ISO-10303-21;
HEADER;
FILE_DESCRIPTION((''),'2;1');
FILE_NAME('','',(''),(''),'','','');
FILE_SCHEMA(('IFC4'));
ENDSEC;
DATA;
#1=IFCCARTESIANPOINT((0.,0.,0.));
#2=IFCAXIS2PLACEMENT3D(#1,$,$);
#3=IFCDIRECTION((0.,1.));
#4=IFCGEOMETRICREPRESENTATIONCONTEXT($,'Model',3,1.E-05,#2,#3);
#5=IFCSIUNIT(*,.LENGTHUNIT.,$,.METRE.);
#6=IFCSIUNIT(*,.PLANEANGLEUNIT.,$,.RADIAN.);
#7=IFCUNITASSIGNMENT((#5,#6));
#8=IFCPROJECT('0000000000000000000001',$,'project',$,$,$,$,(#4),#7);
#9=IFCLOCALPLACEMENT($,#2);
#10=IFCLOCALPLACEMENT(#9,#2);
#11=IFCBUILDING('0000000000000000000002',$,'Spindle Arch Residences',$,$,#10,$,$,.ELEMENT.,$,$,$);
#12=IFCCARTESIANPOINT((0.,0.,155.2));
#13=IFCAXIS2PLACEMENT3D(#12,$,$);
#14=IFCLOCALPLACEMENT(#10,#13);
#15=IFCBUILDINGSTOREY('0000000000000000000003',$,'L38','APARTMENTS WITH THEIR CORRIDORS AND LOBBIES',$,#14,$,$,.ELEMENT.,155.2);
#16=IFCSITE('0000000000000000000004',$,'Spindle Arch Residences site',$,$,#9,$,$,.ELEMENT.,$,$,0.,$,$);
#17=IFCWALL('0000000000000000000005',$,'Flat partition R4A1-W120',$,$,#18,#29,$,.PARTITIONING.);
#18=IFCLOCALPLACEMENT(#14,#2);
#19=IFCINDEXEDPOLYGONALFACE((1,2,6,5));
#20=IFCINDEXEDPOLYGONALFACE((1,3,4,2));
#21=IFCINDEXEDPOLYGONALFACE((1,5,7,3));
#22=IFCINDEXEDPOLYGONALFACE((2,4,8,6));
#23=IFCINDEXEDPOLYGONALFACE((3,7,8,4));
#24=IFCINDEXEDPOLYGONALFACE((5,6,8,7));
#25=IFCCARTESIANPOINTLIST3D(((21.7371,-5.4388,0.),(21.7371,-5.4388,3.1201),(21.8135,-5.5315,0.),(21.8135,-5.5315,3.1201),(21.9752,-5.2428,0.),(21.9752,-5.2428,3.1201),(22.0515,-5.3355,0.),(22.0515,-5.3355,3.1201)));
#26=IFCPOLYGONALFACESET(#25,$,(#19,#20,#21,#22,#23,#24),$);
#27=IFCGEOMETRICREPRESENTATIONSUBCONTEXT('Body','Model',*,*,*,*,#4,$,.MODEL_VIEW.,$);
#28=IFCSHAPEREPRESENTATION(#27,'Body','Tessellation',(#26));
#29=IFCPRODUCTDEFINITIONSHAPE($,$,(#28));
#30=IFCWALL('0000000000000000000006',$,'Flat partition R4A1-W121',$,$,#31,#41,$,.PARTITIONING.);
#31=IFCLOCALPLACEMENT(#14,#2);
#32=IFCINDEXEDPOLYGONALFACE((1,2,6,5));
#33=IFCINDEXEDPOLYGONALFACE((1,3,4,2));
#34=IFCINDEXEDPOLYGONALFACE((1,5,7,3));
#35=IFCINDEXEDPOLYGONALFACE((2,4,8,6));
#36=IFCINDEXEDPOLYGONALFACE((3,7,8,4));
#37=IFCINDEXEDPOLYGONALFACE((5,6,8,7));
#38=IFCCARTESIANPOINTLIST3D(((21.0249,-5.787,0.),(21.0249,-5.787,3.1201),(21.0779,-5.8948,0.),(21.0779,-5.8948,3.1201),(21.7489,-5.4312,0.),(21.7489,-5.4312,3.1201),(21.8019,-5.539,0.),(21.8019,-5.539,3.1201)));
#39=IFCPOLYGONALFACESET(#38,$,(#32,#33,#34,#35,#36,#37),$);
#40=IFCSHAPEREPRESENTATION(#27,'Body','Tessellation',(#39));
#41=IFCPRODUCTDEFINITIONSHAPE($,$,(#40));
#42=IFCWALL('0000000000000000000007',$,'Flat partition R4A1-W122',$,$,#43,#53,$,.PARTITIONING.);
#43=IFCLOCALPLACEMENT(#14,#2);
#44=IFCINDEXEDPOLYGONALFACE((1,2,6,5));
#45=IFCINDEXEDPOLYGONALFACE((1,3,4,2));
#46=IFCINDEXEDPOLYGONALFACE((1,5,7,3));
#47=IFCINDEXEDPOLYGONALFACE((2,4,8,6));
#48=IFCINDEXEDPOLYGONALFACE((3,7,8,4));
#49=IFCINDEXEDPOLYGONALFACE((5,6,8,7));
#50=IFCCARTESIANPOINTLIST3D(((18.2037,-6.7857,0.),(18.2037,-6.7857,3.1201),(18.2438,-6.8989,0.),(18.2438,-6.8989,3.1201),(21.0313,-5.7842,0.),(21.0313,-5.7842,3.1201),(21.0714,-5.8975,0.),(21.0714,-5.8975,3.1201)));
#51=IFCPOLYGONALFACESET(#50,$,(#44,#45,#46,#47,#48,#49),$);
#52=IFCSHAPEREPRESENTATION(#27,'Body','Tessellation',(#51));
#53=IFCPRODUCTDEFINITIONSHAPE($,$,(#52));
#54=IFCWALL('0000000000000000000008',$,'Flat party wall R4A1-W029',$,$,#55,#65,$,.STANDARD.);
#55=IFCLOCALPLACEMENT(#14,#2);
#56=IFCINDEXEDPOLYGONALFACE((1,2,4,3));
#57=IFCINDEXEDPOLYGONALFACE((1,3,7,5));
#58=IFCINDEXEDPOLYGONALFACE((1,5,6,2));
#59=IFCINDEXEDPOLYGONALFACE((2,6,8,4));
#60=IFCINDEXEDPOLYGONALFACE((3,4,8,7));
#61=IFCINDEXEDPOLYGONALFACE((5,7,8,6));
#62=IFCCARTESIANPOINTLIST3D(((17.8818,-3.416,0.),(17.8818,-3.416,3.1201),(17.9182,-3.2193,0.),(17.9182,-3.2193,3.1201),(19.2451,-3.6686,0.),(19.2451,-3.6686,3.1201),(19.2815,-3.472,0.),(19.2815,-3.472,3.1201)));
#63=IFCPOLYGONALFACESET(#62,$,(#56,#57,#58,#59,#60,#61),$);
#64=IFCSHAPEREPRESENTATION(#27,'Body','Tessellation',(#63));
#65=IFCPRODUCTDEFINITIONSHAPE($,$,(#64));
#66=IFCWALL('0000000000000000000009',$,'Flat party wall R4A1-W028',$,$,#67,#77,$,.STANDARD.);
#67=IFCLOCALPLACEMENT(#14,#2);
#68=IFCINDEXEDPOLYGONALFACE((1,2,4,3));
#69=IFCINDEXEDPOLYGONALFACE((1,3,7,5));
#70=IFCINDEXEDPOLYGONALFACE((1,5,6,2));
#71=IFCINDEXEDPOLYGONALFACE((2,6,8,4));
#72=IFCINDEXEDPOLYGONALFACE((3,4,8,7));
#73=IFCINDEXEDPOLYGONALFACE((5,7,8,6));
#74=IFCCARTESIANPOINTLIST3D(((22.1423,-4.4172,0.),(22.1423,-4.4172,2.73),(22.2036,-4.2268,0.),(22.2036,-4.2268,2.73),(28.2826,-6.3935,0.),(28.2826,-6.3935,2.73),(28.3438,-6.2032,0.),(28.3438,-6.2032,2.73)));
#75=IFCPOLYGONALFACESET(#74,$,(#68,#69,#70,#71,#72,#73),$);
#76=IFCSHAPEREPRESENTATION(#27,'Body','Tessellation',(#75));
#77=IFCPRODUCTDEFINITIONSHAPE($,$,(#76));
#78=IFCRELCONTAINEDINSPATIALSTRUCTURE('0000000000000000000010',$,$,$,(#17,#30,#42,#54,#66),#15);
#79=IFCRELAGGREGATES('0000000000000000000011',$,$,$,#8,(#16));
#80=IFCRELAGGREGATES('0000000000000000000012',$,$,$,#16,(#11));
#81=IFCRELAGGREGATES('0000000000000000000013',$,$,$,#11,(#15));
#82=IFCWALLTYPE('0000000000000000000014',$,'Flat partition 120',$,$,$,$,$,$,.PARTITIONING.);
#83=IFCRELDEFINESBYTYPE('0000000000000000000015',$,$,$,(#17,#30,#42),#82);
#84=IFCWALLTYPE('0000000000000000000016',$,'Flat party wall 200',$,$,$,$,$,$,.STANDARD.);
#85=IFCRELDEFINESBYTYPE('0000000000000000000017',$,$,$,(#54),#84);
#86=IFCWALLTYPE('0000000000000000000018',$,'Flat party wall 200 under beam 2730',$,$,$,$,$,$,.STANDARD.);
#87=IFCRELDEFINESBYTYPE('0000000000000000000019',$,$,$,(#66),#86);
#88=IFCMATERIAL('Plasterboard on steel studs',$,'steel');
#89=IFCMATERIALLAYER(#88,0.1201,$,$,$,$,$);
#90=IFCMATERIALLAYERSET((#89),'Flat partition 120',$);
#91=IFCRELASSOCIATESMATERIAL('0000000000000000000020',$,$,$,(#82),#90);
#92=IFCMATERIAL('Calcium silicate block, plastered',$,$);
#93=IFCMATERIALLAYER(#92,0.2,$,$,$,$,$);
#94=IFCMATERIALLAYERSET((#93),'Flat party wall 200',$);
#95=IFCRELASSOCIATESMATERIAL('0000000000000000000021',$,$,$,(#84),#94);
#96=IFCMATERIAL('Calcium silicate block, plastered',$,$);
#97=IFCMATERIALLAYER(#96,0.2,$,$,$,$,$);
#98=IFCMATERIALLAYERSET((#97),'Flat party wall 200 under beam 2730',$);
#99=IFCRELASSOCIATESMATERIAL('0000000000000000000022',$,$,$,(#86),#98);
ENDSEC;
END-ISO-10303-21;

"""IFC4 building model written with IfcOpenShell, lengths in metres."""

from ifc_helpers import new_model, si_unit, direction, frame, frame_2d, origin, place, context, subcontext, project, spatial, rectangle, extrude, material, layer, layer_set, type_object, element, save


model = new_model("IFC4")

# Units and contexts
model_context = context("Model", 3, precision=1e-05, world=origin(), true_north=direction((0.0, 1.0)))
body_context = subcontext(model_context, "Body", "Model", "MODEL_VIEW")
ifc_project = project(units=[si_unit("LENGTHUNIT", "METRE"), si_unit("PLANEANGLEUNIT", "RADIAN")], contexts=[model_context])

# Site, building, storey
site_placement = place(None, origin())
site = spatial("IfcSite", under=ifc_project, at=site_placement, Name="Spindle Arch Residences site", CompositionType="ELEMENT", RefElevation=0.0)
building_placement = place(site_placement, origin())
building = spatial("IfcBuilding", under=site, at=building_placement, Name="Spindle Arch Residences", CompositionType="ELEMENT")
storey_placement = place(building_placement, frame((0.0, 0.0, 155.2)))
storey = spatial("IfcBuildingStorey", under=building, at=storey_placement, Name="L38", Description="APARTMENTS WITH THEIR CORRIDORS AND LOBBIES", CompositionType="ELEMENT", Elevation=155.2)

# Shared definitions
ifc_material_1 = material(Name="Plasterboard on steel studs", Category="steel")
ifc_layer_1 = layer(ifc_material_1, 0.1201)
ifc_layer_set_1 = layer_set([ifc_layer_1], Name="Flat partition 120")
wall_type_1 = type_object("IfcWallType", Name="Flat partition 120", PredefinedType="PARTITIONING", material=ifc_layer_set_1)

# Walls
wall_1_placement = place(storey_placement, frame((22.0134, -5.2891, 0.0), z_axis=(0.0, 0.0, 1.0), x_axis=(-0.771907, -0.635735, 0.0)))
element("IfcWall", 1, at=wall_1_placement, inside=storey, type_object=wall_type_1, Name="Flat partition R4A1-W120", PredefinedType="PARTITIONING", context=body_context, shape_type="SweptSolid", body=[
    extrude(rectangle(XDim=0.3083, YDim=0.1201, at=frame_2d((0.1543, 0.0))), origin(), (0.0, 0.0, 1.0), 3.1201),
])
wall_2_placement = place(storey_placement, frame((21.7754, -5.4851, 0.0), z_axis=(0.0, 0.0, 1.0), x_axis=(-0.897493, -0.441028, 0.0)))
element("IfcWall", 2, at=wall_2_placement, inside=storey, type_object=wall_type_1, Name="Flat partition R4A1-W121", PredefinedType="PARTITIONING", context=body_context, shape_type="SweptSolid", body=[
    extrude(rectangle(XDim=0.8066, YDim=0.1201, at=frame_2d((0.4033, 0.0))), origin(), (0.0, 0.0, 1.0), 3.1201),
])
wall_3_placement = place(storey_placement, frame((21.0515, -5.8408, 0.0), z_axis=(0.0, 0.0, 1.0), x_axis=(-0.942626, -0.33385, 0.0)))
element("IfcWall", 3, at=wall_3_placement, inside=storey, type_object=wall_type_1, Name="Flat partition R4A1-W122", PredefinedType="PARTITIONING", context=body_context, shape_type="SweptSolid", body=[
    extrude(rectangle(XDim=2.9998, YDim=0.1201, at=frame_2d((1.5, 0.0))), origin(), (0.0, 0.0, 1.0), 3.1201),
])
ifc_material_2 = material(Name="Calcium silicate block, plastered")
ifc_layer_2 = layer(ifc_material_2, 0.2)
ifc_layer_set_2 = layer_set([ifc_layer_2], Name="Flat party wall 200")
wall_type_2 = type_object("IfcWallType", Name="Flat party wall 200", PredefinedType="STANDARD", material=ifc_layer_set_2)
wall_4_placement = place(storey_placement, frame((17.8999, -3.3176, 0.0), z_axis=(0.0, 0.0, 1.0), x_axis=(0.983253, -0.182247, 0.0)))
element("IfcWall", 4, at=wall_4_placement, inside=storey, type_object=wall_type_2, Name="Flat party wall R4A1-W029", PredefinedType="STANDARD", context=body_context, shape_type="SweptSolid", body=[
    extrude(rectangle(XDim=1.3865, YDim=0.2, at=frame_2d((0.6934, 0.0))), origin(), (0.0, 0.0, 1.0), 3.1201),
])
ifc_material_3 = material(Name="Calcium silicate block, plastered")
ifc_layer_3 = layer(ifc_material_3, 0.2)
ifc_layer_set_3 = layer_set([ifc_layer_3], Name="Flat party wall 200 under beam 2730")
wall_type_3 = type_object("IfcWallType", Name="Flat party wall 200 under beam 2730", PredefinedType="STANDARD", material=ifc_layer_set_3)
wall_5_placement = place(storey_placement, frame((22.1731, -4.322, 0.0), z_axis=(0.0, 0.0, 1.0), x_axis=(0.951906, -0.306389, 0.0)))
element("IfcWall", 5, at=wall_5_placement, inside=storey, type_object=wall_type_3, Name="Flat party wall R4A1-W028", PredefinedType="STANDARD", context=body_context, shape_type="SweptSolid", body=[
    extrude(rectangle(XDim=6.4504, YDim=0.2, at=frame_2d((3.2251, 0.0))), origin(), (0.0, 0.0, 1.0), 2.73),
])

save(model, "model.ifc")
